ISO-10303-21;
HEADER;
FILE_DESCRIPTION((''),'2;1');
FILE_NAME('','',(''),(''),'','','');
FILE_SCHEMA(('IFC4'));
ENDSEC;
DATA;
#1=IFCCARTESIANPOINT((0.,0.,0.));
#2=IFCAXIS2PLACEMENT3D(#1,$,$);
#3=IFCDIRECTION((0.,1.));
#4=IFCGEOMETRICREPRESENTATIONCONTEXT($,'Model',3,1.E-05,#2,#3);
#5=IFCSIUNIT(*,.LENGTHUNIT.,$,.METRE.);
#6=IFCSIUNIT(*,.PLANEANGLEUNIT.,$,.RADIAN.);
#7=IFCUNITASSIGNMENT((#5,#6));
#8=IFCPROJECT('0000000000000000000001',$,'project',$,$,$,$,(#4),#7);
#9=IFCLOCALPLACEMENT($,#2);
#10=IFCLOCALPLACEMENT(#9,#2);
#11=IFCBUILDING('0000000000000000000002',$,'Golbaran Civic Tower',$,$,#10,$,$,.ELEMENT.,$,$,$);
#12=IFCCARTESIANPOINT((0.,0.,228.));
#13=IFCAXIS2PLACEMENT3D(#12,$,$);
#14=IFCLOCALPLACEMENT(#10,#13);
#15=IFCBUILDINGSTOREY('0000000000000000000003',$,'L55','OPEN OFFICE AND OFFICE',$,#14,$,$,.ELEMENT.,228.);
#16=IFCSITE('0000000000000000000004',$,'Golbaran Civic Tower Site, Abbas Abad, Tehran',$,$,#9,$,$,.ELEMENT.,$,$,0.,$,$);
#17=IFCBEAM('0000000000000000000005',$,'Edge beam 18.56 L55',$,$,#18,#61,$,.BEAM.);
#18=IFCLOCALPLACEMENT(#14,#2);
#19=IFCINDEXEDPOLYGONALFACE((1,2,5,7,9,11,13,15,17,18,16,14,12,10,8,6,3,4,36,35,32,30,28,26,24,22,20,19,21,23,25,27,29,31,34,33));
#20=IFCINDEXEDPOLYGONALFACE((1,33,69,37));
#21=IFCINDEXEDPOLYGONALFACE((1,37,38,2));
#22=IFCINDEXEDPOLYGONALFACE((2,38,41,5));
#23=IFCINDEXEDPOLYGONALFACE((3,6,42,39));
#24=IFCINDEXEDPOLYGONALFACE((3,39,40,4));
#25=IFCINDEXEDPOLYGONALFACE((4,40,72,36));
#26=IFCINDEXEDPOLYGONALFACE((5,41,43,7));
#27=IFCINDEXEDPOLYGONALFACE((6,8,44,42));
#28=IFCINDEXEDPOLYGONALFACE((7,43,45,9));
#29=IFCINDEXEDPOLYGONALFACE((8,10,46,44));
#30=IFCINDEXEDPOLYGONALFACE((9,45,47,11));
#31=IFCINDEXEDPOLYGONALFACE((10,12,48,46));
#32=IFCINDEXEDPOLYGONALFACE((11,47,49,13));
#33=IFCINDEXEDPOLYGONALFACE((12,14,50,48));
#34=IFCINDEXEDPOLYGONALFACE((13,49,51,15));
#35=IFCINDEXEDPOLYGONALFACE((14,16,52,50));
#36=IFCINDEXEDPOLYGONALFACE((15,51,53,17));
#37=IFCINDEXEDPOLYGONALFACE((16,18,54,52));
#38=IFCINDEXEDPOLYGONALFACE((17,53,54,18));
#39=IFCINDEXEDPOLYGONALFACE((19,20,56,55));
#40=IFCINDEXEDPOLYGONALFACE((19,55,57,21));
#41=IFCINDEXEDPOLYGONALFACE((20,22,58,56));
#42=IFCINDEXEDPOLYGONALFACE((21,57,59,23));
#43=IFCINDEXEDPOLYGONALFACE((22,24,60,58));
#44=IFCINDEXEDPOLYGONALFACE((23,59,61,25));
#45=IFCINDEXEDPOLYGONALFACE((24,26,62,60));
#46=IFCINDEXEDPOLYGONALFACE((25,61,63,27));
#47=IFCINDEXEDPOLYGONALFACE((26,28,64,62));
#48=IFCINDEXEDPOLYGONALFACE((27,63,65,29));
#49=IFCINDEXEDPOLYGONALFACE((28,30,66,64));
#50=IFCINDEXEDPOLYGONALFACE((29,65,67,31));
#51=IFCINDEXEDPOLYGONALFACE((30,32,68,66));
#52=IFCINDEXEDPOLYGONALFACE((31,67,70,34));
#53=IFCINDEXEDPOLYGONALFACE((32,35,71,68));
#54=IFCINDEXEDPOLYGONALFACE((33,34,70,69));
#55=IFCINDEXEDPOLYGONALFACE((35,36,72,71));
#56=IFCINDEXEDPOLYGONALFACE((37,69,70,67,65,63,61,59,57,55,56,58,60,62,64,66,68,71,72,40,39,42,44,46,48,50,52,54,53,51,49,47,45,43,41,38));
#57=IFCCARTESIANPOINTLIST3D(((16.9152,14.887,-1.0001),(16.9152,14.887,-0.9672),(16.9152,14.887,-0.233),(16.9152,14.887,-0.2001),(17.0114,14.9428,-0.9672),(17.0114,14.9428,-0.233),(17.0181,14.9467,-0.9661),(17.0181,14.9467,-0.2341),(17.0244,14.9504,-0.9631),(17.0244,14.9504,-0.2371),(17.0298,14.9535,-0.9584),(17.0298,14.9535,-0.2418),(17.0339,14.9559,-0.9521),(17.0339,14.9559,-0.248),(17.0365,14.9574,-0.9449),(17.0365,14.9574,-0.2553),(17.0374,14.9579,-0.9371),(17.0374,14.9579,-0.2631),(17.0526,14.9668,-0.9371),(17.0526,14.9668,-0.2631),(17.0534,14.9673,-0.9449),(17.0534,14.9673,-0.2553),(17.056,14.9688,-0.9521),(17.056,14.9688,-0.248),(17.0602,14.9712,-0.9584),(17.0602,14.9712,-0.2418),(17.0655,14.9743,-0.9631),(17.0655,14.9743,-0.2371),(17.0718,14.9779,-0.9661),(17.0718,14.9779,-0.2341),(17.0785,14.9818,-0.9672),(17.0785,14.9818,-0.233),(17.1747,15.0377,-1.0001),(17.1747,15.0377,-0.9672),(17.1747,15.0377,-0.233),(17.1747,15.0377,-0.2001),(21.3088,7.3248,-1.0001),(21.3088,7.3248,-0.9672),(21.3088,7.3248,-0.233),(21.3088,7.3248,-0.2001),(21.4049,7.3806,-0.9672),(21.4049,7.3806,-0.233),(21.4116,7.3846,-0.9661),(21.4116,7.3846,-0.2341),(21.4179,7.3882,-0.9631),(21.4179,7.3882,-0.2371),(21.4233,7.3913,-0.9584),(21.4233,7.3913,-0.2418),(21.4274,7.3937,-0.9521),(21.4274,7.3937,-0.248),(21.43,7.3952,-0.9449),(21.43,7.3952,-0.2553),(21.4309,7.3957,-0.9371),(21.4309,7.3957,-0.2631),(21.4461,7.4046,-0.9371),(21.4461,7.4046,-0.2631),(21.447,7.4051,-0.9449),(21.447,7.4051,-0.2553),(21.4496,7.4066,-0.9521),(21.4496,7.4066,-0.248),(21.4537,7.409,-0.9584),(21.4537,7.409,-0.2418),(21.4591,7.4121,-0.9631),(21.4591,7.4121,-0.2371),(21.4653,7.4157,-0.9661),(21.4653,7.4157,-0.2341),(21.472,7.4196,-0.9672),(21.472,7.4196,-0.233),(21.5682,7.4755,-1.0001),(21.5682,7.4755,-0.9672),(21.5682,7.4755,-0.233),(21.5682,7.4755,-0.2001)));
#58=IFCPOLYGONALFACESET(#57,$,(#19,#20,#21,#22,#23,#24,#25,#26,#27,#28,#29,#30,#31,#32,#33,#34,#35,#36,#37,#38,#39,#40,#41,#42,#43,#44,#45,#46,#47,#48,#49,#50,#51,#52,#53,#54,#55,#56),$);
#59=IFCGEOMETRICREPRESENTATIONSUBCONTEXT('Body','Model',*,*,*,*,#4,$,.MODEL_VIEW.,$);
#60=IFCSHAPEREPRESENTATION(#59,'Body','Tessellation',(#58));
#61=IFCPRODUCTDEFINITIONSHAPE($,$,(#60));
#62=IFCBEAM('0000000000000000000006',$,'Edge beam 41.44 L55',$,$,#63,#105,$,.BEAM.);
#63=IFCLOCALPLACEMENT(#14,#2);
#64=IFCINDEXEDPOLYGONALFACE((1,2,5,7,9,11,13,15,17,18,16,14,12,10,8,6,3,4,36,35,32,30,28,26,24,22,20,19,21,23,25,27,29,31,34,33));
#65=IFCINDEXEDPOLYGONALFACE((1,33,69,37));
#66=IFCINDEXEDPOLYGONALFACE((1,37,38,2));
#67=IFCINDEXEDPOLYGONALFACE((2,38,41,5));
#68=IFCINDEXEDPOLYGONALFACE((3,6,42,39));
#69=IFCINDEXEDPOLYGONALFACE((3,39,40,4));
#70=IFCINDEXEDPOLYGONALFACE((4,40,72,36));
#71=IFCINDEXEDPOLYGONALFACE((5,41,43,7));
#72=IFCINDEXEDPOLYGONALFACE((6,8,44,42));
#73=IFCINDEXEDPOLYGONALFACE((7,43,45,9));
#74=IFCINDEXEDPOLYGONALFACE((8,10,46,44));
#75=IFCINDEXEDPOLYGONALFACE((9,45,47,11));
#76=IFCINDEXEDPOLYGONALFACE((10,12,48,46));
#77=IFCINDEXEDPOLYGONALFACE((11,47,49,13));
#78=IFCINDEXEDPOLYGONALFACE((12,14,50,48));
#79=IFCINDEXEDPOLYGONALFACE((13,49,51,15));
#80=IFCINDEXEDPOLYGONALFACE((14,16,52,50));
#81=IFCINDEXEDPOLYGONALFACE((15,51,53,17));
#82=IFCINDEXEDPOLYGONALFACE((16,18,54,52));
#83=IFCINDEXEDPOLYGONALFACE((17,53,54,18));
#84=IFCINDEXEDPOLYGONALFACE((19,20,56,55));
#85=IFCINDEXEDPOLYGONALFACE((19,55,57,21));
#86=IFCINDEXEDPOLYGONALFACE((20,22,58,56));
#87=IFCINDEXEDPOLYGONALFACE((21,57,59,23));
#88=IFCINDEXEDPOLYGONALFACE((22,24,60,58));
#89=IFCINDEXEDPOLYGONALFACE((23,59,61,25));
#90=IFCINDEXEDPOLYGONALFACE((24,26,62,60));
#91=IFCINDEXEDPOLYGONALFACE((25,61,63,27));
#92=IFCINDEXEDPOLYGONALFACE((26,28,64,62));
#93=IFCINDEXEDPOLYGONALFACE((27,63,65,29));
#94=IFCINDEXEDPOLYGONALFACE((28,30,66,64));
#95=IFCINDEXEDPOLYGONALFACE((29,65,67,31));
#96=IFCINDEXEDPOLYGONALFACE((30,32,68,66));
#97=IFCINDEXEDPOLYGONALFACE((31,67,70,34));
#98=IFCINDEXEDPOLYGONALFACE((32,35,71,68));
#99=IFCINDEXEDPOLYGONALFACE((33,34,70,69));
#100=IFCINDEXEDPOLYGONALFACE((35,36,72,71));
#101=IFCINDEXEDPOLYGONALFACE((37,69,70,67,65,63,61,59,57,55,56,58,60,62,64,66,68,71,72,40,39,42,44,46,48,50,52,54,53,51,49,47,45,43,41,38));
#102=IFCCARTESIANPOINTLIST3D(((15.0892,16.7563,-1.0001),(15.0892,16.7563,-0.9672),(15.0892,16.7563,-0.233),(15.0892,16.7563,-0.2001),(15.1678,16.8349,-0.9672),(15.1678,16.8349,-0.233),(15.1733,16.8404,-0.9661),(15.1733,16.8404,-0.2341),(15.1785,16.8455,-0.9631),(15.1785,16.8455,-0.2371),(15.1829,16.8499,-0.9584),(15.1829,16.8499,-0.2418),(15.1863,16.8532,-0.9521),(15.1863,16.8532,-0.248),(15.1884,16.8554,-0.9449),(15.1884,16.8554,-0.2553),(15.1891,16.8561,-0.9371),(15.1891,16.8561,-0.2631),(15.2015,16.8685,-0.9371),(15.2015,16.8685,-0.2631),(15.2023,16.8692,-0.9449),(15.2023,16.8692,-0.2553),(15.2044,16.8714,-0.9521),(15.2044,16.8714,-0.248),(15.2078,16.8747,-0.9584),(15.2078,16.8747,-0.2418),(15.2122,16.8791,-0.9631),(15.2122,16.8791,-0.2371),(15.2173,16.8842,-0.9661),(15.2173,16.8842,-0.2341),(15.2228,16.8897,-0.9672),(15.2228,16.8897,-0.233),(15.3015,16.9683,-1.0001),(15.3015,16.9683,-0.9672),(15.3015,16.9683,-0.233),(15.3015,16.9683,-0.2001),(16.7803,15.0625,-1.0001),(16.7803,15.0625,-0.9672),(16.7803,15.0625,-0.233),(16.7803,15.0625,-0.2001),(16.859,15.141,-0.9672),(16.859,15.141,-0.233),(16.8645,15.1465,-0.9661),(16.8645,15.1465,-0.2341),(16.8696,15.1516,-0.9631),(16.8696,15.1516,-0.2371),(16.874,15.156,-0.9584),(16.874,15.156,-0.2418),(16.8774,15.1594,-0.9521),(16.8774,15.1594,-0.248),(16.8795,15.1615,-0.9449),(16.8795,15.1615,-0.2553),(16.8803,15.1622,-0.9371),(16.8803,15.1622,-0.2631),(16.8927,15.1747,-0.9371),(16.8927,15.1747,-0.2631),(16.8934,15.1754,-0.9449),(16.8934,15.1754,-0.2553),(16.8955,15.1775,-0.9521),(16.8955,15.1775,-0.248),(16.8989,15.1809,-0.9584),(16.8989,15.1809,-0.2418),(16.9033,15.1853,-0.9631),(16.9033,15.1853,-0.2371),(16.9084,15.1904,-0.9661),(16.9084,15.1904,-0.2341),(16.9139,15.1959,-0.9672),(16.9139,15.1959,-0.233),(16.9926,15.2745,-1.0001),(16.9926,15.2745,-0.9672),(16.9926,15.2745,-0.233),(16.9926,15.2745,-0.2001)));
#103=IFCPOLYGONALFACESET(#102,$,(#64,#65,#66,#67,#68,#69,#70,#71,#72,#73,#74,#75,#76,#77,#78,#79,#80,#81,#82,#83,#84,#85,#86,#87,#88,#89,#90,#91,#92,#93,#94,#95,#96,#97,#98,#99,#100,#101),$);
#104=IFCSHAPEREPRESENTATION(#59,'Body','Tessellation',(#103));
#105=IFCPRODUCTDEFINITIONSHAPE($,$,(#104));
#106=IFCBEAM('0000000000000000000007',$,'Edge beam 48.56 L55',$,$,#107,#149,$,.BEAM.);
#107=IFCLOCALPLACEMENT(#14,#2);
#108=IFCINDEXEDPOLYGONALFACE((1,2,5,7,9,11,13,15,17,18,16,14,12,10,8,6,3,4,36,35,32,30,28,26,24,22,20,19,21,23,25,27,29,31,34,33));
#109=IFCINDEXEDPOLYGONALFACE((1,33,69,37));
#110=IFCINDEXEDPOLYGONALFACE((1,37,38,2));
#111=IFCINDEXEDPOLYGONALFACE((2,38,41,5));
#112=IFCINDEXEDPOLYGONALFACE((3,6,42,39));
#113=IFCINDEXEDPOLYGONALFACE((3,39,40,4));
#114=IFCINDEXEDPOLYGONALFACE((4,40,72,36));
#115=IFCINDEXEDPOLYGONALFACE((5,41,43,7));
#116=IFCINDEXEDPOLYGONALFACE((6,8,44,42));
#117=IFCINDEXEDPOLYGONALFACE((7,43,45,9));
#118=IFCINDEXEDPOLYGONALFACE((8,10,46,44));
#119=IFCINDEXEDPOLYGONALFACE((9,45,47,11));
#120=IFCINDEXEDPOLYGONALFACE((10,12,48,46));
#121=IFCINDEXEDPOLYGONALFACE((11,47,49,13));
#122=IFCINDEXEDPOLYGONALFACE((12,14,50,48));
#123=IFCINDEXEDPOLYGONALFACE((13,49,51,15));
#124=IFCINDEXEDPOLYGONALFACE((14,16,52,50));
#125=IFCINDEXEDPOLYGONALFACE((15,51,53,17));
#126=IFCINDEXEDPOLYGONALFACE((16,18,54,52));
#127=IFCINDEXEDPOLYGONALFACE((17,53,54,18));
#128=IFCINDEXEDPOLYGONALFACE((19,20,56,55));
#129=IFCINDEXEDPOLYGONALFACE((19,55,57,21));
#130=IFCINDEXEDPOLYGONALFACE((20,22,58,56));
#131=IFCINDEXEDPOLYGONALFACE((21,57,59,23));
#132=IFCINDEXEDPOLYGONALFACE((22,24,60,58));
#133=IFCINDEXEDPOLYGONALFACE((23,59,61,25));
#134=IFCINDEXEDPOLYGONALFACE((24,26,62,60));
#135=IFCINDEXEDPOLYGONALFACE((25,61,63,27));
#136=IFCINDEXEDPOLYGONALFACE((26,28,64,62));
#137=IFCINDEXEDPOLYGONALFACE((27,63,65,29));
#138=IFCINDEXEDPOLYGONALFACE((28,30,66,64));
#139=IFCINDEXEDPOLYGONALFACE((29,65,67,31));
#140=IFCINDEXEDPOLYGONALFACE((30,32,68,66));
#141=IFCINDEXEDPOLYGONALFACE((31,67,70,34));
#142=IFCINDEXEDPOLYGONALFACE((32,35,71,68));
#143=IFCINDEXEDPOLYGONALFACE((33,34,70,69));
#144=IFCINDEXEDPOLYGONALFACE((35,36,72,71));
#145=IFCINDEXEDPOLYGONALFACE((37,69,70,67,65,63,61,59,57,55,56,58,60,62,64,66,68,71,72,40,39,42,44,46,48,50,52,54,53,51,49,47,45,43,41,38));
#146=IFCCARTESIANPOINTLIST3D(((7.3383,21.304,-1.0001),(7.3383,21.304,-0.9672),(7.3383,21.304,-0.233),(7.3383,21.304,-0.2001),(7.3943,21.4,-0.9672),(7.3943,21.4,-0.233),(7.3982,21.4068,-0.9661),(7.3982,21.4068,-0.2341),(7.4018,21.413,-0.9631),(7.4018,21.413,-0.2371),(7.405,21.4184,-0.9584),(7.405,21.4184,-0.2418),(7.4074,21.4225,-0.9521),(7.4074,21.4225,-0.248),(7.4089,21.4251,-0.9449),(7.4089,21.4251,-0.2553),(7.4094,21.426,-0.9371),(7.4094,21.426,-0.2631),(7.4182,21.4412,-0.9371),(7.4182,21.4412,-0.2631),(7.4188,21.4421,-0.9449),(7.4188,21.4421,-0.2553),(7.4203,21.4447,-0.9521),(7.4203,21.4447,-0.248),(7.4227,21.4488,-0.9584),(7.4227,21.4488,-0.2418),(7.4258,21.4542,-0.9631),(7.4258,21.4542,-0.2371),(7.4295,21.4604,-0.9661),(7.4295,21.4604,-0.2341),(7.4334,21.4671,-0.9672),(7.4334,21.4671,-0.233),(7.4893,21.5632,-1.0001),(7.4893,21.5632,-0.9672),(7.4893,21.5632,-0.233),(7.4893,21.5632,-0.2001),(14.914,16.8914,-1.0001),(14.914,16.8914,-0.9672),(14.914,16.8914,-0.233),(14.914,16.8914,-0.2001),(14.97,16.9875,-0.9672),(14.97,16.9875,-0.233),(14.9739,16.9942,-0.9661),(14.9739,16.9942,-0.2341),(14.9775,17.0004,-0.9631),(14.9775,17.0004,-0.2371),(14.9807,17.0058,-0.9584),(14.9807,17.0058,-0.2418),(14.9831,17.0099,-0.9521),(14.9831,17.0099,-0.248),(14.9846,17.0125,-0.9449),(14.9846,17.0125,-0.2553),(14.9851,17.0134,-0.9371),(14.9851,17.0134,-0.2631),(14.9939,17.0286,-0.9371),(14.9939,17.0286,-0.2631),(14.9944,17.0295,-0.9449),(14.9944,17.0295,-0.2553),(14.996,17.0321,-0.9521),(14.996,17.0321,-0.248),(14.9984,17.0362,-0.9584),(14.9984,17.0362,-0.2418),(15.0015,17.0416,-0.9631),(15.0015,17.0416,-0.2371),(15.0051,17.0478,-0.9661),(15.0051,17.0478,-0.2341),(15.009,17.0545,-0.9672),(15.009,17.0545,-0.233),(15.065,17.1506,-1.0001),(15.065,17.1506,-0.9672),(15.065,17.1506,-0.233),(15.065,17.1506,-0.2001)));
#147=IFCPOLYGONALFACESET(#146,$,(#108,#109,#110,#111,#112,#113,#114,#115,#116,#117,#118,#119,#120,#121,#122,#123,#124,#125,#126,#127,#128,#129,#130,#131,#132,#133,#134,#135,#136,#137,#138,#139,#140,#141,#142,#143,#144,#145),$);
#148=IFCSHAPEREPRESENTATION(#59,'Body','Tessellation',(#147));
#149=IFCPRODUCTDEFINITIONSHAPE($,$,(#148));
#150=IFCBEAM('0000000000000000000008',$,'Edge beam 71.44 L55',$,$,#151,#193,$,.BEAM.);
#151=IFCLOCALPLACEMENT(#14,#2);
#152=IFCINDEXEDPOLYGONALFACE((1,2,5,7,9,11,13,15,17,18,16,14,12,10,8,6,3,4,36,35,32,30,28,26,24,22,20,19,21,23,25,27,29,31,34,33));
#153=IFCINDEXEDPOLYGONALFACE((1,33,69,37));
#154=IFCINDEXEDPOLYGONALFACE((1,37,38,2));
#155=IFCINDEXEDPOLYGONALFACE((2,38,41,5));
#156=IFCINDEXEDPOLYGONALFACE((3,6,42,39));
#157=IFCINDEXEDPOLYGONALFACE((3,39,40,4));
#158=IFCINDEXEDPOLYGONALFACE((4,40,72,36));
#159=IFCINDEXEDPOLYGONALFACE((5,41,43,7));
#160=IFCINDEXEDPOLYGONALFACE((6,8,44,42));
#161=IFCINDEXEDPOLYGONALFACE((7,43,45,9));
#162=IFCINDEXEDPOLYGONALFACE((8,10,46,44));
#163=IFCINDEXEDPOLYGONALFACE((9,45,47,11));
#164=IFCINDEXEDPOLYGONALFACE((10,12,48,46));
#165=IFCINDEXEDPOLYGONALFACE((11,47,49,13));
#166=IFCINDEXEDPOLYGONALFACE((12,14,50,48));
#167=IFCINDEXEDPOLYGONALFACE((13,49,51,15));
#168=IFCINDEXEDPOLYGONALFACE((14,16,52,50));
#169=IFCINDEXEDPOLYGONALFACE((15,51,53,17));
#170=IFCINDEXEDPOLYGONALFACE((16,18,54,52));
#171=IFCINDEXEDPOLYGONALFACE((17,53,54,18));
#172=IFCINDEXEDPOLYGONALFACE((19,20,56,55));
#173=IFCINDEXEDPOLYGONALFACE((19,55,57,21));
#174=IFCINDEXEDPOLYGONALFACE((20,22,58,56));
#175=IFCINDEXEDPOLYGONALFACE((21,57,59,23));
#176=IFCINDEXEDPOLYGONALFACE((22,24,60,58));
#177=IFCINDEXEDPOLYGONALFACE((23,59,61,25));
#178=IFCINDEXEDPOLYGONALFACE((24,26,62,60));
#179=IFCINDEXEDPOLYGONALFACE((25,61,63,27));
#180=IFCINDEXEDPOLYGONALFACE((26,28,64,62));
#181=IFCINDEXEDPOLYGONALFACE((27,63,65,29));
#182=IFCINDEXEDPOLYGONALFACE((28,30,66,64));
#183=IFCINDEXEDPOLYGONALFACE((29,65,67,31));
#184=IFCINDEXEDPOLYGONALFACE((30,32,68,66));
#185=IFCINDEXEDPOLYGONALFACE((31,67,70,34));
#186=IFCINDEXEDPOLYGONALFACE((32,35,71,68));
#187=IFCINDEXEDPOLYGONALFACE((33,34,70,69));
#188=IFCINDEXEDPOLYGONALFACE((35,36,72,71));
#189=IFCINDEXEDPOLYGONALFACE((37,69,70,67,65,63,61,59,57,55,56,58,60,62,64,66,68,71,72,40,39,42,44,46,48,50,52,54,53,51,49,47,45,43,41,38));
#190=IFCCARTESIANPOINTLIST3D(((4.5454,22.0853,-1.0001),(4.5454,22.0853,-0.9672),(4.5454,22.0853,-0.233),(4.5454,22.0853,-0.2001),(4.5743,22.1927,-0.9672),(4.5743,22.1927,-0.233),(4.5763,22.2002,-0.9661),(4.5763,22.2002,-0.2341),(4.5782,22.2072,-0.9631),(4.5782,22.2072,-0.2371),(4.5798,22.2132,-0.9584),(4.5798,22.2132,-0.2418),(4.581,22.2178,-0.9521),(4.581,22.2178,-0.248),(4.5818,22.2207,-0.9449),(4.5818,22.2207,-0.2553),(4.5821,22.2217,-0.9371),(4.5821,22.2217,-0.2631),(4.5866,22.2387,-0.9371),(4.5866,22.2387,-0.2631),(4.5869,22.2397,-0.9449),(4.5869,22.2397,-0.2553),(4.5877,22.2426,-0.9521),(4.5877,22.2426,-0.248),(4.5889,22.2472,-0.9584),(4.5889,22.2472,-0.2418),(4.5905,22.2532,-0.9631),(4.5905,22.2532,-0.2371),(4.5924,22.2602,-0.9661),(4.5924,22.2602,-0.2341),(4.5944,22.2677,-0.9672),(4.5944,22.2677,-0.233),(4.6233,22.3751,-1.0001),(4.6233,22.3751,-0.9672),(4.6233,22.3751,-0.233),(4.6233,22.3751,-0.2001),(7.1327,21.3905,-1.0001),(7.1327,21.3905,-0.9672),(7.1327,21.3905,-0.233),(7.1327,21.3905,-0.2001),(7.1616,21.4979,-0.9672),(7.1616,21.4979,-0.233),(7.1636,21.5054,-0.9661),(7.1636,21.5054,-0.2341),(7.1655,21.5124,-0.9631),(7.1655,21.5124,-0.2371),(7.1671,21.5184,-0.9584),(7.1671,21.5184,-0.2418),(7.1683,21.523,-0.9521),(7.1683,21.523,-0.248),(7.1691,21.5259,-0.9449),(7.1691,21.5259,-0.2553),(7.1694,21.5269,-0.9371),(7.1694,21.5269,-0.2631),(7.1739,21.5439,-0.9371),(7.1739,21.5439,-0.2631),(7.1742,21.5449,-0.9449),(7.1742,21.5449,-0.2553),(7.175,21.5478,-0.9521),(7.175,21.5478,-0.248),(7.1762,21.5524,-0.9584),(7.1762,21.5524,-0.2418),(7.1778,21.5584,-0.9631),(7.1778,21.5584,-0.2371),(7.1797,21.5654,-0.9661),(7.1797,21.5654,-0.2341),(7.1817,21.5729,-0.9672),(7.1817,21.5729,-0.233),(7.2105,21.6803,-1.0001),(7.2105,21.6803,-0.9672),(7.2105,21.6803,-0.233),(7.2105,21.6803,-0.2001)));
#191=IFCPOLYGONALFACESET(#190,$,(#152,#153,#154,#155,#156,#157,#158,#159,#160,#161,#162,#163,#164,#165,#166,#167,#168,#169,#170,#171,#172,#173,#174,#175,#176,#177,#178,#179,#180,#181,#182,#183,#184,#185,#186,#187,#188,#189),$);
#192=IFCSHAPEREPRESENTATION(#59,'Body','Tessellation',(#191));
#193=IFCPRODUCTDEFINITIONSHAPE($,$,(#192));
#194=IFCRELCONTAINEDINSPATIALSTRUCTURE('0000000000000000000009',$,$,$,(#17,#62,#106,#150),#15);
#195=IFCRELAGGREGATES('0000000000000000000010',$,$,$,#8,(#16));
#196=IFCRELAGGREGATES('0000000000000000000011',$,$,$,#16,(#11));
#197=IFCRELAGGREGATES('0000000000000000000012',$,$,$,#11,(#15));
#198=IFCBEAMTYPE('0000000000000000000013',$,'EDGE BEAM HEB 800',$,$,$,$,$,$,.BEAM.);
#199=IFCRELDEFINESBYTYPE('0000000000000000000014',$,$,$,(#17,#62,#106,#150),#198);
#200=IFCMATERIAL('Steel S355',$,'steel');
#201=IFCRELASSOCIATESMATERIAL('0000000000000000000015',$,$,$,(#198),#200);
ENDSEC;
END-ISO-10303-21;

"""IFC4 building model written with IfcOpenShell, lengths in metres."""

from ifc_helpers import new_model, si_unit, direction, frame, origin, origin_2d, place, context, subcontext, project, spatial, i_section, extrude, material, material_profile, profile_set, type_object, element, save


model = new_model("IFC4")

# Units and contexts
model_context = context("Model", 3, precision=1e-05, world=origin(), true_north=direction((0.0, 1.0)))
body_context = subcontext(model_context, "Body", "Model", "MODEL_VIEW")
ifc_project = project(units=[si_unit("LENGTHUNIT", "METRE"), si_unit("PLANEANGLEUNIT", "RADIAN")], contexts=[model_context])

# Site, building, storey
site_placement = place(None, origin())
site = spatial("IfcSite", under=ifc_project, at=site_placement, Name="Golbaran Civic Tower Site, Abbas Abad, Tehran", CompositionType="ELEMENT", RefElevation=0.0)
building_placement = place(site_placement, origin())
building = spatial("IfcBuilding", under=site, at=building_placement, Name="Golbaran Civic Tower", CompositionType="ELEMENT")
storey_placement = place(building_placement, frame((0.0, 0.0, 228.0)))
storey = spatial("IfcBuildingStorey", under=building, at=storey_placement, Name="L55", Description="OPEN OFFICE AND OFFICE", CompositionType="ELEMENT", Elevation=228.0)

# Beams
ifc_material_1 = material(Name="Steel S355", Category="steel")
ifc_material_profile_1 = material_profile(ifc_material_1, i_section(OverallWidth=0.3, OverallDepth=0.8, WebThickness=0.0176, FlangeThickness=0.033, FilletRadius=0.03, at=origin_2d()), Name="HEB 800")
ifc_profile_set_1 = profile_set([ifc_material_profile_1], Name="Steel S355")
beam_type_1 = type_object("IfcBeamType", Name="EDGE BEAM HEB 800", PredefinedType="BEAM", material=ifc_profile_set_1)
beam_1_placement = place(storey_placement, frame((21.4385, 7.4001, -0.6001), z_axis=(-0.502355, 0.864661, 0.0), x_axis=(-0.864661, -0.502355, 0.0)))
element("IfcBeam", 1, at=beam_1_placement, inside=storey, type_object=beam_type_1, Name="Edge beam 18.56 L55", PredefinedType="BEAM", context=body_context, shape_type="SweptSolid", body=[
    extrude(i_section(OverallWidth=0.3, OverallDepth=0.8, WebThickness=0.0176, FlangeThickness=0.033, FilletRadius=0.03, at=origin_2d()), origin(), (0.0, 0.0, 1.0), 8.7458),
])
beam_2_placement = place(storey_placement, frame((16.8865, 15.1685, -0.6001), z_axis=(-0.706546, 0.707668, 0.0), x_axis=(-0.707668, -0.706546, 0.0)))
element("IfcBeam", 2, at=beam_2_placement, inside=storey, type_object=beam_type_1, Name="Edge beam 41.44 L55", PredefinedType="BEAM", context=body_context, shape_type="SweptSolid", body=[
    extrude(i_section(OverallWidth=0.3, OverallDepth=0.8, WebThickness=0.0176, FlangeThickness=0.033, FilletRadius=0.03, at=origin_2d()), origin(), (0.0, 0.0, 1.0), 2.3936),
])
beam_3_placement = place(storey_placement, frame((14.9895, 17.021, -0.6001), z_axis=(-0.864104, 0.503313, 0.0), x_axis=(-0.503313, -0.864104, 0.0)))
element("IfcBeam", 3, at=beam_3_placement, inside=storey, type_object=beam_type_1, Name="Edge beam 48.56 L55", PredefinedType="BEAM", context=body_context, shape_type="SweptSolid", body=[
    extrude(i_section(OverallWidth=0.3, OverallDepth=0.8, WebThickness=0.0176, FlangeThickness=0.033, FilletRadius=0.03, at=origin_2d()), origin(), (0.0, 0.0, 1.0), 8.7671),
])
beam_4_placement = place(storey_placement, frame((7.1716, 21.5354, -0.6001), z_axis=(-0.965783, 0.259352, 0.0), x_axis=(-0.259352, -0.965783, 0.0)))
element("IfcBeam", 4, at=beam_4_placement, inside=storey, type_object=beam_type_1, Name="Edge beam 71.44 L55", PredefinedType="BEAM", context=body_context, shape_type="SweptSolid", body=[
    extrude(i_section(OverallWidth=0.3, OverallDepth=0.8, WebThickness=0.0176, FlangeThickness=0.033, FilletRadius=0.03, at=origin_2d()), origin(), (0.0, 0.0, 1.0), 2.679),
])

save(model, "model.ifc")
